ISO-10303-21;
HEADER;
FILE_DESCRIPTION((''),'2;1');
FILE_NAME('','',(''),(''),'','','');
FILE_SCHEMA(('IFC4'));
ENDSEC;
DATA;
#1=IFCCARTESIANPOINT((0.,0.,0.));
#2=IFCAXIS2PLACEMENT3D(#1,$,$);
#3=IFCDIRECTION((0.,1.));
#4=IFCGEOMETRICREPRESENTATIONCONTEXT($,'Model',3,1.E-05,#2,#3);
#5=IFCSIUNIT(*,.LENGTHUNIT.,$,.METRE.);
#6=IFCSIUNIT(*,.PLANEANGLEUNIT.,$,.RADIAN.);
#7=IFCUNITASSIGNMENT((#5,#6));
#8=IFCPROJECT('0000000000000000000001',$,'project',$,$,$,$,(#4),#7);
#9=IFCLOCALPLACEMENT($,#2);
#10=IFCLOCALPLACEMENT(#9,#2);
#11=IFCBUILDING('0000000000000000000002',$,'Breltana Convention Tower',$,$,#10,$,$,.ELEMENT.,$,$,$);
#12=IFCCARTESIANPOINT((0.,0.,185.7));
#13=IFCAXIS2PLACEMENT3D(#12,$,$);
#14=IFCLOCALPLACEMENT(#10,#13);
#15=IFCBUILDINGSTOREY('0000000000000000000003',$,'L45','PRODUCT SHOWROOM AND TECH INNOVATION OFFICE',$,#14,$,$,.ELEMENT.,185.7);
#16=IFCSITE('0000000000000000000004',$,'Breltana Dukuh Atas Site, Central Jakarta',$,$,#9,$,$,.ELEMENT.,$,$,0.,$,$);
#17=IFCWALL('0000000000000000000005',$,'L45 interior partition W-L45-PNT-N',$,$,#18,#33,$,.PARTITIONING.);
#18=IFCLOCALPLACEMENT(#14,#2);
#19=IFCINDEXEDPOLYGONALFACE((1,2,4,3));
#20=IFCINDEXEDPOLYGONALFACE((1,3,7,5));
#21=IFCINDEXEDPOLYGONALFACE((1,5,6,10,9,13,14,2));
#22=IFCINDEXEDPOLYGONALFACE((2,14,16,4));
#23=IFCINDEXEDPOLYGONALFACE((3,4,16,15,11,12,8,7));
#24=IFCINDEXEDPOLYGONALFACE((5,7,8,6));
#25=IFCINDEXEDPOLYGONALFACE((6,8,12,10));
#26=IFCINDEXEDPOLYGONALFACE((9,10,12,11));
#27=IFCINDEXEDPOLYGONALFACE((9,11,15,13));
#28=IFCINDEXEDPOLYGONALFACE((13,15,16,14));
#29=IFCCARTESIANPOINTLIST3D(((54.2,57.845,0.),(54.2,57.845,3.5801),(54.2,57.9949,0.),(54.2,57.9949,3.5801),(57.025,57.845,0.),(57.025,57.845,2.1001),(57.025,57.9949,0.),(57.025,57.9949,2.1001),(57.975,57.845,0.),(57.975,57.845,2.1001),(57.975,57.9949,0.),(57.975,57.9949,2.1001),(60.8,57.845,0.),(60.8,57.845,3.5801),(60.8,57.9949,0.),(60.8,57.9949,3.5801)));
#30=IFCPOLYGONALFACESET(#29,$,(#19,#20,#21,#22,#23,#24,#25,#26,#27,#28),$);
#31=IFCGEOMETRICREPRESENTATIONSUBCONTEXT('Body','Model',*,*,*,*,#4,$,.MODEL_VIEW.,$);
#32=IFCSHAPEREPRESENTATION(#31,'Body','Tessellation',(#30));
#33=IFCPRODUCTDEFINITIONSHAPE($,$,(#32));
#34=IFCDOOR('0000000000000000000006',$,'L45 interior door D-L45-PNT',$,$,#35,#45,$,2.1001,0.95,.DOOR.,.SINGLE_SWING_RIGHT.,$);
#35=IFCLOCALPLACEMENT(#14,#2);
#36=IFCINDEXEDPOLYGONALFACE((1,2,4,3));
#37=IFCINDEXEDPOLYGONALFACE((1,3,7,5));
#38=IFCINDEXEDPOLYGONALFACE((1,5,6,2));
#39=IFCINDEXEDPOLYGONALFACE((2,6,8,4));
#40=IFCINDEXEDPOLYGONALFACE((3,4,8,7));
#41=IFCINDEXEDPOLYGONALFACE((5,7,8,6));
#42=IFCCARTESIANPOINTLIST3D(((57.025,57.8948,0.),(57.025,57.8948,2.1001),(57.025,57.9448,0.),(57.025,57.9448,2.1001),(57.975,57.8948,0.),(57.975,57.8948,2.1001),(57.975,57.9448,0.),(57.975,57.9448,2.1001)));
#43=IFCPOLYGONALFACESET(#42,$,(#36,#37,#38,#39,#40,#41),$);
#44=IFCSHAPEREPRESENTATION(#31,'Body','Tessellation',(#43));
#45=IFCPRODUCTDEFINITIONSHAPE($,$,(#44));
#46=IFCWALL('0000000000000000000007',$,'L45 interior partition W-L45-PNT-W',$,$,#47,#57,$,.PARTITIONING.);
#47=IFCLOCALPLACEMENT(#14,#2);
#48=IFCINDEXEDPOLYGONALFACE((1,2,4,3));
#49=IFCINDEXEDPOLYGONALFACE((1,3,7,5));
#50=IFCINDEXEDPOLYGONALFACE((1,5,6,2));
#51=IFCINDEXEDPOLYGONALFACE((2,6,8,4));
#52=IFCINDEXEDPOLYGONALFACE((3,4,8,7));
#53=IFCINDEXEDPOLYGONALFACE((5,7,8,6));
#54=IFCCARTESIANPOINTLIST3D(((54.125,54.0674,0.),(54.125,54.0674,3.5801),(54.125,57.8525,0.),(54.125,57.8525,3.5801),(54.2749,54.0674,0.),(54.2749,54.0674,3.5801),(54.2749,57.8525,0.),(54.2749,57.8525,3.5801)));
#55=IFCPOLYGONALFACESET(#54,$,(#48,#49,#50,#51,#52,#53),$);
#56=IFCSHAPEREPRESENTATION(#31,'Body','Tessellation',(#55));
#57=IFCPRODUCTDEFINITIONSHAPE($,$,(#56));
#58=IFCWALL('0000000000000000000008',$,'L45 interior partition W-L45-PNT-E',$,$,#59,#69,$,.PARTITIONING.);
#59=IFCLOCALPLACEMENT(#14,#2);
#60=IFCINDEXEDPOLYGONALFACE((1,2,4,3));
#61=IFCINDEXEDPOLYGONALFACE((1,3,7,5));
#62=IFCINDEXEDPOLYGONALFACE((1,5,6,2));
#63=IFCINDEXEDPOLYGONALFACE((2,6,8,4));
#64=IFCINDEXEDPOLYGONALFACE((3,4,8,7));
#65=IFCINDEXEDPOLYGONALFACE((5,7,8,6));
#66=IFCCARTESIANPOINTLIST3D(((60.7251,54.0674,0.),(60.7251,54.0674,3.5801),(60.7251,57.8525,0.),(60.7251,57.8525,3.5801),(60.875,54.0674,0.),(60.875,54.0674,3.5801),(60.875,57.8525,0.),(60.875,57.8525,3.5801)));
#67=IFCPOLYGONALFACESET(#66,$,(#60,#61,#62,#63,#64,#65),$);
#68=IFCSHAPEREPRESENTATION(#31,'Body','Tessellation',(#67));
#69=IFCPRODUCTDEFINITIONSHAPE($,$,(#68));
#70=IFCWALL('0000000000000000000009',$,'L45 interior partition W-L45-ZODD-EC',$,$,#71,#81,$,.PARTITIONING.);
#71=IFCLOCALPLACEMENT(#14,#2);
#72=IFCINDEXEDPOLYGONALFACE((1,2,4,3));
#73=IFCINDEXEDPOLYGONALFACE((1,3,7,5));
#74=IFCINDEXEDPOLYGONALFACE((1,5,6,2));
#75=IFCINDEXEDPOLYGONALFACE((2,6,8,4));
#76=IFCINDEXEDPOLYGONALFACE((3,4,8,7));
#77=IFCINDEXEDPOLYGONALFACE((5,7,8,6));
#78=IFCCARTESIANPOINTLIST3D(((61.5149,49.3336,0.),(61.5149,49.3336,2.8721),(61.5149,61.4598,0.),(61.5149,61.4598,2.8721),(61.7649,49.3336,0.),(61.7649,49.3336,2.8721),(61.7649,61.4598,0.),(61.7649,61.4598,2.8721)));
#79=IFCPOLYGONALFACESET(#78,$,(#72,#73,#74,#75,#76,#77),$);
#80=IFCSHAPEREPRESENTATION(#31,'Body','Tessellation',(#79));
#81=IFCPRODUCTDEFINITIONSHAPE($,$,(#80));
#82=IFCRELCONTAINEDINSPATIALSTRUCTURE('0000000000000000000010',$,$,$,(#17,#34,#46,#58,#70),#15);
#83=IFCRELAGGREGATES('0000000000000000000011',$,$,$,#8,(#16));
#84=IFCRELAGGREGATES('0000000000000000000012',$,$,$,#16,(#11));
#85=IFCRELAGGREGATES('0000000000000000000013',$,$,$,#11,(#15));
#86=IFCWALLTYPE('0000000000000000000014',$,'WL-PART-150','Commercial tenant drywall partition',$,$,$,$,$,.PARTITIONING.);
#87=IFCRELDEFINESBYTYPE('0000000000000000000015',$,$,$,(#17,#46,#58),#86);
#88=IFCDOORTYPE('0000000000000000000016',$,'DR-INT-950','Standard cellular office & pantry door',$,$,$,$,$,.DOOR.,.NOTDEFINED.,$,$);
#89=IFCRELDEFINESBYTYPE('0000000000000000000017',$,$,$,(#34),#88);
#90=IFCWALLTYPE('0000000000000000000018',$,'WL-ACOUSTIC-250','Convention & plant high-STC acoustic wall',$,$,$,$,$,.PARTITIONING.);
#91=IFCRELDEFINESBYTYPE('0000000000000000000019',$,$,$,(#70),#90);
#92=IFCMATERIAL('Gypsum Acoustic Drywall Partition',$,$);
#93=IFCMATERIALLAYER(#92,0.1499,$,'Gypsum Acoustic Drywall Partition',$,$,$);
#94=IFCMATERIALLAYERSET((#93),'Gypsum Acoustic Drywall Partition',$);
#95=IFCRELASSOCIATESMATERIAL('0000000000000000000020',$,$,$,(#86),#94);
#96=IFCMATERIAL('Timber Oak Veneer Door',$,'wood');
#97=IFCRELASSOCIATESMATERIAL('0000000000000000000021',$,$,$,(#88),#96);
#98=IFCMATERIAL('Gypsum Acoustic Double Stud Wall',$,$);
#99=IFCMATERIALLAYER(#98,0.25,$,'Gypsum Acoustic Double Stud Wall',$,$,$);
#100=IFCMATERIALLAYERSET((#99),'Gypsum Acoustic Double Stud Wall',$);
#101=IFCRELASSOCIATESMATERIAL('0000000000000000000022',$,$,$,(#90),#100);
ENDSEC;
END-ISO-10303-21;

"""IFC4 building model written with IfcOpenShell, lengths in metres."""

from ifc_helpers import new_model, si_unit, direction, frame, frame_2d, origin, place, context, subcontext, project, spatial, rectangle, extrude, source, transform, mapped, material, layer, layer_set, type_object, type_shapes, element, fill, save


model = new_model("IFC4")

# Units and contexts
model_context = context("Model", 3, precision=1e-05, world=origin(), true_north=direction((0.0, 1.0)))
body_context = subcontext(model_context, "Body", "Model", "MODEL_VIEW")
ifc_project = project(units=[si_unit("LENGTHUNIT", "METRE"), si_unit("PLANEANGLEUNIT", "RADIAN")], contexts=[model_context])

# Site, building, storey
site_placement = place(None, origin())
site = spatial("IfcSite", under=ifc_project, at=site_placement, Name="Breltana Dukuh Atas Site, Central Jakarta", CompositionType="ELEMENT", RefElevation=0.0)
building_placement = place(site_placement, origin())
building = spatial("IfcBuilding", under=site, at=building_placement, Name="Breltana Convention Tower", CompositionType="ELEMENT")
storey_placement = place(building_placement, frame((0.0, 0.0, 185.7)))
storey = spatial("IfcBuildingStorey", under=building, at=storey_placement, Name="L45", Description="PRODUCT SHOWROOM AND TECH INNOVATION OFFICE", CompositionType="ELEMENT", Elevation=185.7)

# Shared definitions
ifc_material_1 = material(Name="Gypsum Acoustic Drywall Partition")
ifc_layer_1 = layer(ifc_material_1, 0.1499, Name="Gypsum Acoustic Drywall Partition")
ifc_layer_set_1 = layer_set([ifc_layer_1], Name="Gypsum Acoustic Drywall Partition")
wall_type_1 = type_object("IfcWallType", Name="WL-PART-150", Description="Commercial tenant drywall partition", PredefinedType="PARTITIONING", material=ifc_layer_set_1)

# Wall, opening, door
shared_shape_1 = source(origin(), body_context, "Body", "SweptSolid", [
    extrude(rectangle(XDim=6.6001, YDim=0.1499, at=frame_2d((3.3, 0.0))), origin(), (0.0, 0.0, 1.0), 3.5801),
])
wall_1_placement = place(storey_placement, frame((54.2, 57.9199, 0.0), z_axis=(0.0, 0.0, 1.0), x_axis=(1.0, 0.0, 0.0)))
wall_1 = element("IfcWall", 1, at=wall_1_placement, inside=storey, type_object=wall_type_1, Name="L45 interior partition W-L45-PNT-N", PredefinedType="PARTITIONING", context=body_context, shape_type="MappedRepresentation", body=[
    mapped(shared_shape_1, transform((0.0, 0.0, 0.0), scale=1.0)),
])
opening_1_placement = place(wall_1_placement, frame((2.825, 0.0, 0.0)))
opening_1 = element("IfcOpeningElement", 2, at=opening_1_placement, cuts=wall_1, PredefinedType="OPENING", context=body_context, shape_type="SweptSolid", body=[
    extrude(rectangle(XDim=0.95, YDim=2.1001, at=frame_2d((0.4751, 1.05))), frame((0.0, 0.085, 0.0), z_axis=(0.0, -1.0, 0.0), x_axis=(1.0, 0.0, 0.0)), (0.0, 0.0, 1.0), 0.1699),
])
ifc_material_2 = material(Name="Timber Oak Veneer Door", Category="wood")
door_type_1 = type_object("IfcDoorType", Name="DR-INT-950", Description="Standard cellular office & pantry door", OperationType="NOTDEFINED", PredefinedType="DOOR", material=ifc_material_2)
shared_shape_2 = source(origin(), body_context, "Body", "SweptSolid", [
    extrude(rectangle(XDim=0.95, YDim=2.1001, at=frame_2d((0.4751, 1.05))), frame((0.0, 0.0249, 0.0), z_axis=(0.0, -1.0, 0.0), x_axis=(1.0, 0.0, 0.0)), (0.0, 0.0, 1.0), 0.05),
])
type_shapes(door_type_1, [shared_shape_2])
door_1_placement = place(opening_1_placement, origin())
door_1 = element("IfcDoor", 3, at=door_1_placement, inside=storey, type_object=door_type_1, Name="L45 interior door D-L45-PNT", OperationType="SINGLE_SWING_RIGHT", OverallHeight=2.1001, OverallWidth=0.95, PredefinedType="DOOR", context=body_context, shape_type="MappedRepresentation", body=[
    mapped(shared_shape_2, transform((0.0, 0.0, 0.0), scale=1.0)),
])
fill(opening_1, door_1)

# Walls
shared_shape_3 = source(origin(), body_context, "Body", "SweptSolid", [
    extrude(rectangle(XDim=3.7852, YDim=0.1499, at=frame_2d((1.8926, 0.0))), origin(), (0.0, 0.0, 1.0), 3.5801),
])
for number, where, z_axis, x_axis, name in (
    (4, (54.2, 54.0674, 0.0), (0.0, 0.0, 1.0), (0.0, 1.0, 0.0), "L45 interior partition W-L45-PNT-W"),
    (5, (60.8, 54.0674, 0.0), (0.0, 0.0, 1.0), (0.0, 1.0, 0.0), "L45 interior partition W-L45-PNT-E"),
):
    element("IfcWall", number, at=place(storey_placement, frame(where, z_axis=z_axis, x_axis=x_axis)), inside=storey, type_object=wall_type_1, Name=name, PredefinedType="PARTITIONING", context=body_context, shape_type="MappedRepresentation", body=[
        mapped(shared_shape_3, transform((0.0, 0.0, 0.0), scale=1.0)),
    ])
ifc_material_3 = material(Name="Gypsum Acoustic Double Stud Wall")
ifc_layer_2 = layer(ifc_material_3, 0.25, Name="Gypsum Acoustic Double Stud Wall")
ifc_layer_set_2 = layer_set([ifc_layer_2], Name="Gypsum Acoustic Double Stud Wall")
wall_type_2 = type_object("IfcWallType", Name="WL-ACOUSTIC-250", Description="Convention & plant high-STC acoustic wall", PredefinedType="PARTITIONING", material=ifc_layer_set_2)
shared_shape_4 = source(origin(), body_context, "Body", "SweptSolid", [
    extrude(rectangle(XDim=12.1262, YDim=0.25, at=frame_2d((6.063, 0.0))), origin(), (0.0, 0.0, 1.0), 2.8721),
])
wall_2_placement = place(storey_placement, frame((61.6399, 49.3337, 0.0), z_axis=(0.0, 0.0, 1.0), x_axis=(0.0, 1.0, 0.0)))
element("IfcWall", 6, at=wall_2_placement, inside=storey, type_object=wall_type_2, Name="L45 interior partition W-L45-ZODD-EC", PredefinedType="PARTITIONING", context=body_context, shape_type="MappedRepresentation", body=[
    mapped(shared_shape_4, transform((0.0, 0.0, 0.0), scale=1.0)),
])

save(model, "model.ifc")
